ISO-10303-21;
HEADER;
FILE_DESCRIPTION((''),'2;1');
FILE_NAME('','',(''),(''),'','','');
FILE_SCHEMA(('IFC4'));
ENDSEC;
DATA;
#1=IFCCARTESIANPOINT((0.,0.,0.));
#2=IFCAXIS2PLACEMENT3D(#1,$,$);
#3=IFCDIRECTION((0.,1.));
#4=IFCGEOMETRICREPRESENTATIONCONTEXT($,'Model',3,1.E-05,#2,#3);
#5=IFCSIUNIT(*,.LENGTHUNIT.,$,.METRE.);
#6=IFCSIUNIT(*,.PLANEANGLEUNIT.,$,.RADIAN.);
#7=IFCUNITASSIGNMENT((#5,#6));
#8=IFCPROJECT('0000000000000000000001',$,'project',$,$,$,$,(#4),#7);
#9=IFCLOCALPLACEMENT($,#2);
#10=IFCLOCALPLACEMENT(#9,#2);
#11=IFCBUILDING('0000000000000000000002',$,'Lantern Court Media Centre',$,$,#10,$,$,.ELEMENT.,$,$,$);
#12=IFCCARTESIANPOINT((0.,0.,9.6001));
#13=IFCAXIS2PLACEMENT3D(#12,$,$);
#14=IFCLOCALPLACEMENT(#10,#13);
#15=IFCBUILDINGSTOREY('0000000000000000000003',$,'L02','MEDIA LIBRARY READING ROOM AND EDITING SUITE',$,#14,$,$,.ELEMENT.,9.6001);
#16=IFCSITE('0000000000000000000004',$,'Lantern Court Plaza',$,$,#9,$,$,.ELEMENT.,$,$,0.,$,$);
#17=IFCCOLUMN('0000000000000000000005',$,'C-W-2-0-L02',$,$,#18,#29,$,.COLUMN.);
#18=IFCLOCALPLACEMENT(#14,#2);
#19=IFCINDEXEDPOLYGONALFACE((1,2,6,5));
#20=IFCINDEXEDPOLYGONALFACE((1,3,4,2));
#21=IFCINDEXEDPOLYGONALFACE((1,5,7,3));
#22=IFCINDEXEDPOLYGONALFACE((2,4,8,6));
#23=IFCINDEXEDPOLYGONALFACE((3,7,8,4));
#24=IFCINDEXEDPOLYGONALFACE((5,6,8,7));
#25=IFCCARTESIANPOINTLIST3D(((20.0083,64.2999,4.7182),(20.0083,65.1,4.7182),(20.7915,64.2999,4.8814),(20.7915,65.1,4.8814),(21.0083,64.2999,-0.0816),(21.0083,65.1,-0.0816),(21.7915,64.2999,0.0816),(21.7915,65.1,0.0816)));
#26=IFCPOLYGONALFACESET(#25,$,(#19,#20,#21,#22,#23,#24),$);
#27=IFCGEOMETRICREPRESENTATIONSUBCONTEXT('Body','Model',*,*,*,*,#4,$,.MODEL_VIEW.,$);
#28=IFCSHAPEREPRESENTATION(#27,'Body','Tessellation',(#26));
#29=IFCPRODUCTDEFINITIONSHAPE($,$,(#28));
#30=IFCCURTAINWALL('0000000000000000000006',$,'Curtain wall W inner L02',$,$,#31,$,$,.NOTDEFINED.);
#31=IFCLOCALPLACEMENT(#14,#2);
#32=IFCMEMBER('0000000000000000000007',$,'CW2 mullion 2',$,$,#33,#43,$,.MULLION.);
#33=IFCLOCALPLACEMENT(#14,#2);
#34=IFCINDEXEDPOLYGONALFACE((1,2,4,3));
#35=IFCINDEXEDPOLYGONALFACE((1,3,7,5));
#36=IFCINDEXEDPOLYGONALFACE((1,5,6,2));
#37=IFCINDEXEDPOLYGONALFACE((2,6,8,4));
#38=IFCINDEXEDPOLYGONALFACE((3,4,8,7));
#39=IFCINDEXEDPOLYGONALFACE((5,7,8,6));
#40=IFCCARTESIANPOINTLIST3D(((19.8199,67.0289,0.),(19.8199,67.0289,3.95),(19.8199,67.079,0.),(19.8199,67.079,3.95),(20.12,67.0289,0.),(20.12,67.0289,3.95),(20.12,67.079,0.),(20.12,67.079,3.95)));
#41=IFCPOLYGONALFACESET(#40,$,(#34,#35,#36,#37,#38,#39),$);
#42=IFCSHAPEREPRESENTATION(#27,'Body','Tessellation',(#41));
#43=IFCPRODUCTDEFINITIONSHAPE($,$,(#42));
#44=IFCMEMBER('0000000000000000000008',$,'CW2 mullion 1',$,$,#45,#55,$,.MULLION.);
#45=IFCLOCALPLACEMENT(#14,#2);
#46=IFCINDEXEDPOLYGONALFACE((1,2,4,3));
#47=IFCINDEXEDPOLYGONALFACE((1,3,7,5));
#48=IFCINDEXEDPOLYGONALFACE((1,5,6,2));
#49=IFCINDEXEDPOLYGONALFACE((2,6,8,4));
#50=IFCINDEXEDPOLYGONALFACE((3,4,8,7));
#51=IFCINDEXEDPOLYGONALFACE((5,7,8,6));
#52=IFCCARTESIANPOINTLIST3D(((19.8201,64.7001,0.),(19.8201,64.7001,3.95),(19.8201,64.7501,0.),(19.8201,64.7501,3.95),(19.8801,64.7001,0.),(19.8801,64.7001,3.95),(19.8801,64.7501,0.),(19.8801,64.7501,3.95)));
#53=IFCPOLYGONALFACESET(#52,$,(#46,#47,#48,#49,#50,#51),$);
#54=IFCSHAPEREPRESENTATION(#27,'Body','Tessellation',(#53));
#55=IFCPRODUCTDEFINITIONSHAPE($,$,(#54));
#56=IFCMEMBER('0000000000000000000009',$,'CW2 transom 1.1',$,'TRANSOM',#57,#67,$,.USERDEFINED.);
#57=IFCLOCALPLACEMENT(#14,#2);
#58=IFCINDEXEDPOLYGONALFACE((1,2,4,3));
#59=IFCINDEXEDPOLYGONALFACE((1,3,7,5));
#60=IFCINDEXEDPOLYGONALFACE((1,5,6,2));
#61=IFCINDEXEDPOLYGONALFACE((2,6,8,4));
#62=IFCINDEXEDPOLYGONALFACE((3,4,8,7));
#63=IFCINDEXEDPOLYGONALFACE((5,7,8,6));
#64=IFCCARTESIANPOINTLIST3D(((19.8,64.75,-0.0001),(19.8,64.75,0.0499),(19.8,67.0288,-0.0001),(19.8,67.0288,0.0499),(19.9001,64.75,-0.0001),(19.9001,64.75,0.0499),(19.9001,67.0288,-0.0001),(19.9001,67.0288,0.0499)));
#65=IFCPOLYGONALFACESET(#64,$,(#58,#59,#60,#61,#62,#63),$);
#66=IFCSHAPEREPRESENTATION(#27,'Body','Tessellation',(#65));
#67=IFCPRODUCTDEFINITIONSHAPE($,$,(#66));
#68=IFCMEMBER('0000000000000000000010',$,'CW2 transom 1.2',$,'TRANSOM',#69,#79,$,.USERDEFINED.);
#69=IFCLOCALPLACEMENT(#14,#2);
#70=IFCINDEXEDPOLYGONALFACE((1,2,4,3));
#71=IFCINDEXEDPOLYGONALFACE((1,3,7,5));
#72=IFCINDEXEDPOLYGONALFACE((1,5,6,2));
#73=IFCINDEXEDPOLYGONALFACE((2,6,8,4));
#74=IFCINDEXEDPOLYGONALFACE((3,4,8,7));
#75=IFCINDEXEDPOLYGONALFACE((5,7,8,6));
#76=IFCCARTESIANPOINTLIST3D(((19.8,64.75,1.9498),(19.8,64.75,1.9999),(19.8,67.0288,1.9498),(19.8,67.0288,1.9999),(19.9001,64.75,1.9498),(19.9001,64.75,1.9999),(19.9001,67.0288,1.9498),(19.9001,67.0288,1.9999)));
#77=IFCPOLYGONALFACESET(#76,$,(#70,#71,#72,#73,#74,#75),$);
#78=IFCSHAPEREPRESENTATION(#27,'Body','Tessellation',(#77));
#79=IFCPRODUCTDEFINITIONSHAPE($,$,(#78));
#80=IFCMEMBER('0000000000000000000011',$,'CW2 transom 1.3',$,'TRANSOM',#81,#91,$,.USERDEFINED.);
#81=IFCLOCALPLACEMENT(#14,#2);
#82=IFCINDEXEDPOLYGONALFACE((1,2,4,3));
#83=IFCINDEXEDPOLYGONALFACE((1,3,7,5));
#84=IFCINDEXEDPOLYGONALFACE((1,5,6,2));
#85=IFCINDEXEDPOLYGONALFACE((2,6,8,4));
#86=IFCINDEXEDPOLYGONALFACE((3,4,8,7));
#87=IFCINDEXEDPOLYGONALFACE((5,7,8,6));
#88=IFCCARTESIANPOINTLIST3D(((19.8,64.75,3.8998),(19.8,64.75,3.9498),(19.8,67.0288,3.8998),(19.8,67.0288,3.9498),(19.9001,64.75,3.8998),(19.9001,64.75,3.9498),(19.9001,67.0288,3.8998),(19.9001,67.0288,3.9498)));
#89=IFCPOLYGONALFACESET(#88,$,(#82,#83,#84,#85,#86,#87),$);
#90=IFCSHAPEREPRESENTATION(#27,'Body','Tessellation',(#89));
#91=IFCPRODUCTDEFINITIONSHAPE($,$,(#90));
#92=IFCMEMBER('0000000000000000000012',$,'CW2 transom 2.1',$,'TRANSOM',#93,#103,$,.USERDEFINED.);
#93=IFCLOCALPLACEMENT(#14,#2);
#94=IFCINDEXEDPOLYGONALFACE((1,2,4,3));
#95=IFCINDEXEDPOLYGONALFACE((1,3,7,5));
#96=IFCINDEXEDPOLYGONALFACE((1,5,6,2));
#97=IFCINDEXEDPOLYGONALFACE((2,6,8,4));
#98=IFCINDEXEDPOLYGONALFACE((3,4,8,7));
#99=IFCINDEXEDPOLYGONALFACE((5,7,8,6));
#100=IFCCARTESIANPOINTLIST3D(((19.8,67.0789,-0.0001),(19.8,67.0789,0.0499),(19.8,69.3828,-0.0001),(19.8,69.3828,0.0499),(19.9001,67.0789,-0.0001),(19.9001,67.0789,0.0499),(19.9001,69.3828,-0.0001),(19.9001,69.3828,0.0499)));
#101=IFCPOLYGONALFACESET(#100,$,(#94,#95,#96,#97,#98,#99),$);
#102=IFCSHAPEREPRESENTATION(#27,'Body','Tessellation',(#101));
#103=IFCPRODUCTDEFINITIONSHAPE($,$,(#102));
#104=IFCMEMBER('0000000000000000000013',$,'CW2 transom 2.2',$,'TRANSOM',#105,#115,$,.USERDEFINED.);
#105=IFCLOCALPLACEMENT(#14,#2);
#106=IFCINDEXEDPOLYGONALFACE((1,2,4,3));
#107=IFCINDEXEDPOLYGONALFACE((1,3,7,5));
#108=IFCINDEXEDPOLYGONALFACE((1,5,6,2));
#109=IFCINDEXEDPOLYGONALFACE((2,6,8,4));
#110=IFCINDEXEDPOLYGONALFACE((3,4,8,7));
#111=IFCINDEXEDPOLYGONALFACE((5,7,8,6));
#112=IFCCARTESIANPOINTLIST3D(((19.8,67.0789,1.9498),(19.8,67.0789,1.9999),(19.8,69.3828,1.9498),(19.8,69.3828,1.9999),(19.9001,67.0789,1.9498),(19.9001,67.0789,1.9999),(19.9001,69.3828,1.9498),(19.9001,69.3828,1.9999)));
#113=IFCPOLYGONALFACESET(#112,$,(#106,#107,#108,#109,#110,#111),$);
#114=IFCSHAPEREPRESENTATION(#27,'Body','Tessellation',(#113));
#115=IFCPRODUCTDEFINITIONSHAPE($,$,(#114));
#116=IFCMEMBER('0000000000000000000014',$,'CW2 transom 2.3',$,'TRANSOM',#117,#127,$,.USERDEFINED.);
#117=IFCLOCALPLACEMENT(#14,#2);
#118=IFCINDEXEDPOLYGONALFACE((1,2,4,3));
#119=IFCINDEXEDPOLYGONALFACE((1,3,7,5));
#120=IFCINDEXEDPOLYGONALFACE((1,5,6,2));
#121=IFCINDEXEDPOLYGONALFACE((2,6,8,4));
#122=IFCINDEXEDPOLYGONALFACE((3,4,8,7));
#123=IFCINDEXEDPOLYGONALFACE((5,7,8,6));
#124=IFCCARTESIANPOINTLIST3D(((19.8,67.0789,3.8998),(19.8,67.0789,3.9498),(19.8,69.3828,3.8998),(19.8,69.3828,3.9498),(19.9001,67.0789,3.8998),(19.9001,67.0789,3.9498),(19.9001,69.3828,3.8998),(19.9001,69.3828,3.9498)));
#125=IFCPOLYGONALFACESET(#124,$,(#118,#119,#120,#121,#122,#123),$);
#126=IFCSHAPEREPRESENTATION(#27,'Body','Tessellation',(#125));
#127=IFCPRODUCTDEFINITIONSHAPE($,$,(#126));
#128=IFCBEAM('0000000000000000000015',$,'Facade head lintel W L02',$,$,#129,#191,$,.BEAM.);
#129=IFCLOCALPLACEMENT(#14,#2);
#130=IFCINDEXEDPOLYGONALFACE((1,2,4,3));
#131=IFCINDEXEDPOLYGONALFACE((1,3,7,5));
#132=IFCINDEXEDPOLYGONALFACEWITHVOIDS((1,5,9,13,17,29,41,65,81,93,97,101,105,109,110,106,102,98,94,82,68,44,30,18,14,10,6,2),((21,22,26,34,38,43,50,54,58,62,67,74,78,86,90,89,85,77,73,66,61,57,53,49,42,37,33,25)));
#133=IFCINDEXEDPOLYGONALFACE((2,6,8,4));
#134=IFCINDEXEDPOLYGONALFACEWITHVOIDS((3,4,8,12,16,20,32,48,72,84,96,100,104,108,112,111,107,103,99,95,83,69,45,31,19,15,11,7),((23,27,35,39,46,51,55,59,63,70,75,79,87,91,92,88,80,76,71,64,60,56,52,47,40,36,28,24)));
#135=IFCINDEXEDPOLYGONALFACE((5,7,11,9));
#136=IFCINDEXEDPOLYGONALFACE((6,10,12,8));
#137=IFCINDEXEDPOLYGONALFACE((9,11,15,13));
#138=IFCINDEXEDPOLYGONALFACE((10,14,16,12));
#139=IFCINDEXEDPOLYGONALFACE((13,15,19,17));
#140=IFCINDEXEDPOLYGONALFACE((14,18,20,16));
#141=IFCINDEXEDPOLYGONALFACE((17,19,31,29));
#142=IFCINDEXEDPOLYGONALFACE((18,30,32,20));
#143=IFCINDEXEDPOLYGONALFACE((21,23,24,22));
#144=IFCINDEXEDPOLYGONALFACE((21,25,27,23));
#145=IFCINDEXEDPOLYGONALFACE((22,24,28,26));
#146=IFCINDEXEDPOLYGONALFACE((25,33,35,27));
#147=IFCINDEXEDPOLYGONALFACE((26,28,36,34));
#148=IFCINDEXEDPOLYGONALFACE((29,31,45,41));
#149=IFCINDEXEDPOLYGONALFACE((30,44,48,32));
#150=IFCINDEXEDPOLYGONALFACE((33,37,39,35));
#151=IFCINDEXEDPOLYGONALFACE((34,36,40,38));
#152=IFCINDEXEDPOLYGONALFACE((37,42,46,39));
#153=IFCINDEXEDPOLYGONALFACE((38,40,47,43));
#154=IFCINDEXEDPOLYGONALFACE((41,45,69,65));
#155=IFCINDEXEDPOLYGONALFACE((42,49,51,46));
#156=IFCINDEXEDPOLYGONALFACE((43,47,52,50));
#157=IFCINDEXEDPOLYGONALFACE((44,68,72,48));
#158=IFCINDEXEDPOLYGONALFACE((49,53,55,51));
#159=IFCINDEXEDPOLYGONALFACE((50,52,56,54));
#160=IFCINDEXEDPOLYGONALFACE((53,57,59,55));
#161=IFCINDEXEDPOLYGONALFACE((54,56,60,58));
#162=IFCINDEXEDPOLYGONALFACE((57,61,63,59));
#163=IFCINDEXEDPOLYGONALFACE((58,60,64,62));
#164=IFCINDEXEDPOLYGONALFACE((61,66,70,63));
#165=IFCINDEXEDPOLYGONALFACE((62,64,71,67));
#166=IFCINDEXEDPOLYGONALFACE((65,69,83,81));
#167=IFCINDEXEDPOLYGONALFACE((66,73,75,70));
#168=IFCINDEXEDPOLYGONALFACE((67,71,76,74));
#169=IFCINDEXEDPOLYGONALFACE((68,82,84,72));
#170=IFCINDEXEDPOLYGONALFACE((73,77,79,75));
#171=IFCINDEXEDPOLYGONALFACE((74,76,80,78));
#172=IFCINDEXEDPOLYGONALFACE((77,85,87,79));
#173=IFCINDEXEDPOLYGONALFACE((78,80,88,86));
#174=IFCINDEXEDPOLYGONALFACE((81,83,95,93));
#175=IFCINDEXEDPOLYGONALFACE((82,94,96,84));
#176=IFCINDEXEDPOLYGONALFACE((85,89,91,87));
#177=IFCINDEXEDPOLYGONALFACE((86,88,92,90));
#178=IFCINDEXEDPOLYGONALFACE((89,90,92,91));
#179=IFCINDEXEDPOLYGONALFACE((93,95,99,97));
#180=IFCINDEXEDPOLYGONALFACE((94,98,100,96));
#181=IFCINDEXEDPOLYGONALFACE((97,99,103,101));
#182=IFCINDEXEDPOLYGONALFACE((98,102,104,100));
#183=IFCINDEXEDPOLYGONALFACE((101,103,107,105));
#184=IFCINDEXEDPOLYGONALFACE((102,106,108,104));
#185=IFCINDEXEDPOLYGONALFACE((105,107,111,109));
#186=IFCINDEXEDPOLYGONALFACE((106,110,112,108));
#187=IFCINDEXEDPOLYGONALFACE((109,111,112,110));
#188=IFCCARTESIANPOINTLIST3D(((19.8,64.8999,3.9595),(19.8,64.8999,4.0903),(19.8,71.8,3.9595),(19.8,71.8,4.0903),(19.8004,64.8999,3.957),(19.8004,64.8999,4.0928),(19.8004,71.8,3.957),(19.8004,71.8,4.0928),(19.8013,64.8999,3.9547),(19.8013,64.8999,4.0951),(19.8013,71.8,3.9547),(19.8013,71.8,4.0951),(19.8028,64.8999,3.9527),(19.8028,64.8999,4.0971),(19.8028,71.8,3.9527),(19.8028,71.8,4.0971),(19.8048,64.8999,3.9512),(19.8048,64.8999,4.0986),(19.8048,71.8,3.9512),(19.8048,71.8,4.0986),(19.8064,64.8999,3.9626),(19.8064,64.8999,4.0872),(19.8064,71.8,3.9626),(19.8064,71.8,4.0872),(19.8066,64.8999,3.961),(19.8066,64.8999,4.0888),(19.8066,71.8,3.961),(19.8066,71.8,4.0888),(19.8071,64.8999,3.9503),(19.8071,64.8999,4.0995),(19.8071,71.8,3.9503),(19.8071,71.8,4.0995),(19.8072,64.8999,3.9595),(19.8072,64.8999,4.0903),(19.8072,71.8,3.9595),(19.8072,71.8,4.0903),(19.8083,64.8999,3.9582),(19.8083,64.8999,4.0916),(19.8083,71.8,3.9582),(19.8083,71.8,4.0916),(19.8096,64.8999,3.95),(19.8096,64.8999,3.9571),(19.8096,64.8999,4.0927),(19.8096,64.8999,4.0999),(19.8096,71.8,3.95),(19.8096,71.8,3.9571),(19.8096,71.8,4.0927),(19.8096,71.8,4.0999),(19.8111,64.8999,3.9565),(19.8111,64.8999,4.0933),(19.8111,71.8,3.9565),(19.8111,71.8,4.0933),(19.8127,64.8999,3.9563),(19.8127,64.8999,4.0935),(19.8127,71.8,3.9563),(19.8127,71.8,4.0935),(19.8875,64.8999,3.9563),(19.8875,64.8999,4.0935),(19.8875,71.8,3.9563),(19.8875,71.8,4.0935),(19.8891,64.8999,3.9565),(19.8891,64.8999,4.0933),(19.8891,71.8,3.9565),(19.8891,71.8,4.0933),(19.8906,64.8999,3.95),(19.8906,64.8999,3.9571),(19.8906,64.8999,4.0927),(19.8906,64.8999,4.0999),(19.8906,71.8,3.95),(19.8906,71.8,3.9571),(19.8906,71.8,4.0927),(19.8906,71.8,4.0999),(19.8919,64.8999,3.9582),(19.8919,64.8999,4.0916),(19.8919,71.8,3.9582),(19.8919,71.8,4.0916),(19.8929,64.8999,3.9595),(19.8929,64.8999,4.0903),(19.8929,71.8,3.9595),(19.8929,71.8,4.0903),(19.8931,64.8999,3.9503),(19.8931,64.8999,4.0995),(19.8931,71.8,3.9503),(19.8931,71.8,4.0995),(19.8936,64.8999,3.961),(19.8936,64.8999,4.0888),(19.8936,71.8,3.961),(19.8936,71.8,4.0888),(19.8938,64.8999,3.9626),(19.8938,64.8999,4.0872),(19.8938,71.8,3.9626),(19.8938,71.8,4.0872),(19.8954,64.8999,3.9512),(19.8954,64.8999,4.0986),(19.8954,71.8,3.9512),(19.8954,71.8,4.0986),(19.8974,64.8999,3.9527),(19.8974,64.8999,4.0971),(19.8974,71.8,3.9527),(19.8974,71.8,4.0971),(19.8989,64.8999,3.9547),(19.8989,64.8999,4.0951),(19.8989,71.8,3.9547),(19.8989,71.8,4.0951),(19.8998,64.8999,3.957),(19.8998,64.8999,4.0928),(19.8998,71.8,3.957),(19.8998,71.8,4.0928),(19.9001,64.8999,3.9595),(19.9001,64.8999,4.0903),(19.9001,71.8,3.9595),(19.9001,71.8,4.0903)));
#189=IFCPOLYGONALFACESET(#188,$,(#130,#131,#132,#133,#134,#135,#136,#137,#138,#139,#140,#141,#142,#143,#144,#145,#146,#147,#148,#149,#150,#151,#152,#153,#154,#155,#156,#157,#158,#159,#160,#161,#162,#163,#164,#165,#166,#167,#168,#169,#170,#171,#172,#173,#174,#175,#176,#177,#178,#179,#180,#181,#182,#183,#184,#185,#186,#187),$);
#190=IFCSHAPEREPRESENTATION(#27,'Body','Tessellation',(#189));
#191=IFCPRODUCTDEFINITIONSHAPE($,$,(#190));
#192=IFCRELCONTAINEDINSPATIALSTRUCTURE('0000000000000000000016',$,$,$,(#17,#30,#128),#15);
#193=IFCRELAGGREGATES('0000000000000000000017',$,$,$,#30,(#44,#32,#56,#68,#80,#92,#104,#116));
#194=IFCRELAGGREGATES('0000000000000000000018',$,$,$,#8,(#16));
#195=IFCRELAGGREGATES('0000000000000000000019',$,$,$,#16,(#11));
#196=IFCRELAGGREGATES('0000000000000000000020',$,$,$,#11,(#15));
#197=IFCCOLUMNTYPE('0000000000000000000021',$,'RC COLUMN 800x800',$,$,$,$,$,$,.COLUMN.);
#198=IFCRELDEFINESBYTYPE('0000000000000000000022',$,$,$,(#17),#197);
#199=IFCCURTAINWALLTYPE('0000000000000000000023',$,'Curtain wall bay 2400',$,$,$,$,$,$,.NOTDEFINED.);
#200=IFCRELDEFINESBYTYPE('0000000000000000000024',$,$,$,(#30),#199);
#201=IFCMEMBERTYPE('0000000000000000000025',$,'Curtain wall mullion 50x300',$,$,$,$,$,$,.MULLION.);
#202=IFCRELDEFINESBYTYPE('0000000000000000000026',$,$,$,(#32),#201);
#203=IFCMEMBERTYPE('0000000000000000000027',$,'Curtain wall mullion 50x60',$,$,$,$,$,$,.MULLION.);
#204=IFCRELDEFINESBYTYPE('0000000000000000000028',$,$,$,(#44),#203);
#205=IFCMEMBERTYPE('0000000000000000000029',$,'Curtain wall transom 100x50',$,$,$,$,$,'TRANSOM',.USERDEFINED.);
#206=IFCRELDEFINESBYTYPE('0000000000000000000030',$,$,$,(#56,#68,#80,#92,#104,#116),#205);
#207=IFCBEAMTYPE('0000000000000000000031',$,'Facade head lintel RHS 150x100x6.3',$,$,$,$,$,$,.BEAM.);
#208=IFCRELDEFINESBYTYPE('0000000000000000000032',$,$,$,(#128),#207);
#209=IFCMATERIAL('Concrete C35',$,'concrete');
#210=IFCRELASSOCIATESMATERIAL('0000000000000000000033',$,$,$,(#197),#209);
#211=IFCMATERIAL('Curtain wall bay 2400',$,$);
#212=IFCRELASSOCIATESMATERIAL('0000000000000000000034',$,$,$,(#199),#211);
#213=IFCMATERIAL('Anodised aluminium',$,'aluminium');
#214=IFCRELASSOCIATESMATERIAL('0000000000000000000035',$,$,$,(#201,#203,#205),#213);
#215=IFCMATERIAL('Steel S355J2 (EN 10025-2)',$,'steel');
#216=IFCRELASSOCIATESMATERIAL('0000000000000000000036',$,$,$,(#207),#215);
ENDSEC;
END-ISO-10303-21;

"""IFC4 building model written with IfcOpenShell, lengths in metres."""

from ifc_helpers import new_model, si_unit, direction, frame, origin, origin_2d, place, context, subcontext, project, spatial, rectangle, hollow_rectangle, extrude, material, material_profile, profile_set, type_object, element, aggregate, save


model = new_model("IFC4")

# Units and contexts
model_context = context("Model", 3, precision=1e-05, world=origin(), true_north=direction((0.0, 1.0)))
body_context = subcontext(model_context, "Body", "Model", "MODEL_VIEW")
ifc_project = project(units=[si_unit("LENGTHUNIT", "METRE"), si_unit("PLANEANGLEUNIT", "RADIAN")], contexts=[model_context])

# Site, building, storey
site_placement = place(None, origin())
site = spatial("IfcSite", under=ifc_project, at=site_placement, Name="Lantern Court Plaza", CompositionType="ELEMENT", RefElevation=0.0)
building_placement = place(site_placement, origin())
building = spatial("IfcBuilding", under=site, at=building_placement, Name="Lantern Court Media Centre", CompositionType="ELEMENT")
storey_placement = place(building_placement, frame((0.0, 0.0, 9.6001)))
storey = spatial("IfcBuildingStorey", under=building, at=storey_placement, Name="L02", Description="MEDIA LIBRARY READING ROOM AND EDITING SUITE", CompositionType="ELEMENT", Elevation=9.6001)

# Column
ifc_material_1 = material(Name="Concrete C35", Category="concrete")
ifc_material_profile_1 = material_profile(ifc_material_1, rectangle(XDim=0.8, YDim=0.8, at=origin_2d()), Name="RC 800x800")
ifc_profile_set_1 = profile_set([ifc_material_profile_1], Name="Concrete C35")
column_type = type_object("IfcColumnType", Name="RC COLUMN 800x800", PredefinedType="COLUMN", material=ifc_profile_set_1)
column_placement = place(storey_placement, frame((21.3999, 64.7, 0.0), z_axis=(-0.203962, 0.0, 0.978979), x_axis=(0.0, -1.0, 0.0)))
element("IfcColumn", 1, at=column_placement, inside=storey, type_object=column_type, Name="C-W-2-0-L02", PredefinedType="COLUMN", context=body_context, shape_type="SweptSolid", body=[
    extrude(rectangle(XDim=0.8, YDim=0.8, at=origin_2d()), origin(), (0.0, 0.0, 1.0), 4.9028),
])

# Curtain wall, members
ifc_material_2 = material(Name="Curtain wall bay 2400")
curtain_wall_type = type_object("IfcCurtainWallType", Name="Curtain wall bay 2400", PredefinedType="NOTDEFINED", material=ifc_material_2)
curtain_wall_placement = place(storey_placement, origin())
curtain_wall = element("IfcCurtainWall", 2, at=curtain_wall_placement, inside=storey, type_object=curtain_wall_type, Name="Curtain wall W inner L02", PredefinedType="NOTDEFINED")
ifc_material_3 = material(Name="Anodised aluminium", Category="aluminium")
ifc_material_profile_2 = material_profile(ifc_material_3, rectangle(XDim=0.3, YDim=0.05, at=origin_2d()), Name="AL 50x300")
ifc_profile_set_2 = profile_set([ifc_material_profile_2], Name="Anodised aluminium")
member_type_1 = type_object("IfcMemberType", Name="Curtain wall mullion 50x300", PredefinedType="MULLION", material=ifc_profile_set_2)
member_1_placement = place(storey_placement, frame((19.97, 67.054, 0.0), z_axis=(0.0, 0.0, 1.0), x_axis=(-1.0, 0.0, 0.0)))
member_1 = element("IfcMember", 3, at=member_1_placement, type_object=member_type_1, Name="CW2 mullion 2", PredefinedType="MULLION", context=body_context, shape_type="SweptSolid", body=[
    extrude(rectangle(XDim=0.3, YDim=0.05, at=origin_2d()), origin(), (0.0, 0.0, 1.0), 3.95),
])
ifc_material_profile_3 = material_profile(ifc_material_3, rectangle(XDim=0.0601, YDim=0.05, at=origin_2d()), Name="AL 50x60")
ifc_profile_set_3 = profile_set([ifc_material_profile_3], Name="Anodised aluminium")
member_type_2 = type_object("IfcMemberType", Name="Curtain wall mullion 50x60", PredefinedType="MULLION", material=ifc_profile_set_3)
member_2_placement = place(storey_placement, frame((19.8501, 64.7251, 0.0), z_axis=(0.0, 0.0, 1.0), x_axis=(-1.0, 0.0, 0.0)))
member_2 = element("IfcMember", 4, at=member_2_placement, type_object=member_type_2, Name="CW2 mullion 1", PredefinedType="MULLION", context=body_context, shape_type="SweptSolid", body=[
    extrude(rectangle(XDim=0.0601, YDim=0.05, at=origin_2d()), origin(), (0.0, 0.0, 1.0), 3.95),
])
ifc_material_profile_4 = material_profile(ifc_material_3, rectangle(XDim=0.1001, YDim=0.05, at=origin_2d()), Name="AL 50x100")
ifc_profile_set_4 = profile_set([ifc_material_profile_4], Name="Anodised aluminium")
member_type_3 = type_object("IfcMemberType", Name="Curtain wall transom 100x50", ElementType="TRANSOM", PredefinedType="USERDEFINED", material=ifc_profile_set_4)
member_3_placement = place(storey_placement, frame((19.8501, 64.75, 0.0249), z_axis=(0.0, 1.0, 0.0), x_axis=(-1.0, 0.0, 0.0)))
member_3 = element("IfcMember", 5, at=member_3_placement, type_object=member_type_3, Name="CW2 transom 1.1", ObjectType="TRANSOM", PredefinedType="USERDEFINED", context=body_context, shape_type="SweptSolid", body=[
    extrude(rectangle(XDim=0.1001, YDim=0.05, at=origin_2d()), origin(), (0.0, 0.0, 1.0), 2.2788),
])
member_4_placement = place(storey_placement, frame((19.8501, 64.75, 1.9749), z_axis=(0.0, 1.0, 0.0), x_axis=(-1.0, 0.0, 0.0)))
member_4 = element("IfcMember", 6, at=member_4_placement, type_object=member_type_3, Name="CW2 transom 1.2", ObjectType="TRANSOM", PredefinedType="USERDEFINED", context=body_context, shape_type="SweptSolid", body=[
    extrude(rectangle(XDim=0.1001, YDim=0.05, at=origin_2d()), origin(), (0.0, 0.0, 1.0), 2.2788),
])
member_5_placement = place(storey_placement, frame((19.8501, 64.75, 3.9248), z_axis=(0.0, 1.0, 0.0), x_axis=(-1.0, 0.0, 0.0)))
member_5 = element("IfcMember", 7, at=member_5_placement, type_object=member_type_3, Name="CW2 transom 1.3", ObjectType="TRANSOM", PredefinedType="USERDEFINED", context=body_context, shape_type="SweptSolid", body=[
    extrude(rectangle(XDim=0.1001, YDim=0.05, at=origin_2d()), origin(), (0.0, 0.0, 1.0), 2.2788),
])
member_6_placement = place(storey_placement, frame((19.8501, 67.0789, 0.0249), z_axis=(0.0, 1.0, 0.0), x_axis=(-1.0, 0.0, 0.0)))
member_6 = element("IfcMember", 8, at=member_6_placement, type_object=member_type_3, Name="CW2 transom 2.1", ObjectType="TRANSOM", PredefinedType="USERDEFINED", context=body_context, shape_type="SweptSolid", body=[
    extrude(rectangle(XDim=0.1001, YDim=0.05, at=origin_2d()), origin(), (0.0, 0.0, 1.0), 2.304),
])
member_7_placement = place(storey_placement, frame((19.8501, 67.0789, 1.9749), z_axis=(0.0, 1.0, 0.0), x_axis=(-1.0, 0.0, 0.0)))
member_7 = element("IfcMember", 9, at=member_7_placement, type_object=member_type_3, Name="CW2 transom 2.2", ObjectType="TRANSOM", PredefinedType="USERDEFINED", context=body_context, shape_type="SweptSolid", body=[
    extrude(rectangle(XDim=0.1001, YDim=0.05, at=origin_2d()), origin(), (0.0, 0.0, 1.0), 2.304),
])
member_8_placement = place(storey_placement, frame((19.8501, 67.0789, 3.9248), z_axis=(0.0, 1.0, 0.0), x_axis=(-1.0, 0.0, 0.0)))
member_8 = element("IfcMember", 10, at=member_8_placement, type_object=member_type_3, Name="CW2 transom 2.3", ObjectType="TRANSOM", PredefinedType="USERDEFINED", context=body_context, shape_type="SweptSolid", body=[
    extrude(rectangle(XDim=0.1001, YDim=0.05, at=origin_2d()), origin(), (0.0, 0.0, 1.0), 2.304),
])

# Beam
ifc_material_4 = material(Name="Steel S355J2 (EN 10025-2)", Category="steel")
ifc_material_profile_5 = material_profile(ifc_material_4, hollow_rectangle(XDim=0.1001, YDim=0.1499, WallThickness=0.0063, InnerFilletRadius=0.0063, OuterFilletRadius=0.0095, at=origin_2d()), Name="Facade head lintel RHS 150x100x6.3")
ifc_profile_set_5 = profile_set([ifc_material_profile_5], Name="Steel S355J2 (EN 10025-2)")
beam_type_1 = type_object("IfcBeamType", Name="Facade head lintel RHS 150x100x6.3", PredefinedType="BEAM", material=ifc_profile_set_5)
beam_1_placement = place(storey_placement, frame((19.8501, 64.8999, 4.0249), z_axis=(0.0, 1.0, 0.0), x_axis=(-1.0, 0.0, 0.0)))
element("IfcBeam", 11, at=beam_1_placement, inside=storey, type_object=beam_type_1, Name="Facade head lintel W L02", PredefinedType="BEAM", context=body_context, shape_type="SweptSolid", body=[
    extrude(hollow_rectangle(XDim=0.1001, YDim=0.1499, WallThickness=0.0063, InnerFilletRadius=0.0063, OuterFilletRadius=0.0095, at=origin_2d()), origin(), (0.0, 0.0, 1.0), 6.9001),
])

aggregate(curtain_wall, [member_2, member_1, member_3, member_4, member_5, member_6, member_7, member_8])

save(model, "model.ifc")
